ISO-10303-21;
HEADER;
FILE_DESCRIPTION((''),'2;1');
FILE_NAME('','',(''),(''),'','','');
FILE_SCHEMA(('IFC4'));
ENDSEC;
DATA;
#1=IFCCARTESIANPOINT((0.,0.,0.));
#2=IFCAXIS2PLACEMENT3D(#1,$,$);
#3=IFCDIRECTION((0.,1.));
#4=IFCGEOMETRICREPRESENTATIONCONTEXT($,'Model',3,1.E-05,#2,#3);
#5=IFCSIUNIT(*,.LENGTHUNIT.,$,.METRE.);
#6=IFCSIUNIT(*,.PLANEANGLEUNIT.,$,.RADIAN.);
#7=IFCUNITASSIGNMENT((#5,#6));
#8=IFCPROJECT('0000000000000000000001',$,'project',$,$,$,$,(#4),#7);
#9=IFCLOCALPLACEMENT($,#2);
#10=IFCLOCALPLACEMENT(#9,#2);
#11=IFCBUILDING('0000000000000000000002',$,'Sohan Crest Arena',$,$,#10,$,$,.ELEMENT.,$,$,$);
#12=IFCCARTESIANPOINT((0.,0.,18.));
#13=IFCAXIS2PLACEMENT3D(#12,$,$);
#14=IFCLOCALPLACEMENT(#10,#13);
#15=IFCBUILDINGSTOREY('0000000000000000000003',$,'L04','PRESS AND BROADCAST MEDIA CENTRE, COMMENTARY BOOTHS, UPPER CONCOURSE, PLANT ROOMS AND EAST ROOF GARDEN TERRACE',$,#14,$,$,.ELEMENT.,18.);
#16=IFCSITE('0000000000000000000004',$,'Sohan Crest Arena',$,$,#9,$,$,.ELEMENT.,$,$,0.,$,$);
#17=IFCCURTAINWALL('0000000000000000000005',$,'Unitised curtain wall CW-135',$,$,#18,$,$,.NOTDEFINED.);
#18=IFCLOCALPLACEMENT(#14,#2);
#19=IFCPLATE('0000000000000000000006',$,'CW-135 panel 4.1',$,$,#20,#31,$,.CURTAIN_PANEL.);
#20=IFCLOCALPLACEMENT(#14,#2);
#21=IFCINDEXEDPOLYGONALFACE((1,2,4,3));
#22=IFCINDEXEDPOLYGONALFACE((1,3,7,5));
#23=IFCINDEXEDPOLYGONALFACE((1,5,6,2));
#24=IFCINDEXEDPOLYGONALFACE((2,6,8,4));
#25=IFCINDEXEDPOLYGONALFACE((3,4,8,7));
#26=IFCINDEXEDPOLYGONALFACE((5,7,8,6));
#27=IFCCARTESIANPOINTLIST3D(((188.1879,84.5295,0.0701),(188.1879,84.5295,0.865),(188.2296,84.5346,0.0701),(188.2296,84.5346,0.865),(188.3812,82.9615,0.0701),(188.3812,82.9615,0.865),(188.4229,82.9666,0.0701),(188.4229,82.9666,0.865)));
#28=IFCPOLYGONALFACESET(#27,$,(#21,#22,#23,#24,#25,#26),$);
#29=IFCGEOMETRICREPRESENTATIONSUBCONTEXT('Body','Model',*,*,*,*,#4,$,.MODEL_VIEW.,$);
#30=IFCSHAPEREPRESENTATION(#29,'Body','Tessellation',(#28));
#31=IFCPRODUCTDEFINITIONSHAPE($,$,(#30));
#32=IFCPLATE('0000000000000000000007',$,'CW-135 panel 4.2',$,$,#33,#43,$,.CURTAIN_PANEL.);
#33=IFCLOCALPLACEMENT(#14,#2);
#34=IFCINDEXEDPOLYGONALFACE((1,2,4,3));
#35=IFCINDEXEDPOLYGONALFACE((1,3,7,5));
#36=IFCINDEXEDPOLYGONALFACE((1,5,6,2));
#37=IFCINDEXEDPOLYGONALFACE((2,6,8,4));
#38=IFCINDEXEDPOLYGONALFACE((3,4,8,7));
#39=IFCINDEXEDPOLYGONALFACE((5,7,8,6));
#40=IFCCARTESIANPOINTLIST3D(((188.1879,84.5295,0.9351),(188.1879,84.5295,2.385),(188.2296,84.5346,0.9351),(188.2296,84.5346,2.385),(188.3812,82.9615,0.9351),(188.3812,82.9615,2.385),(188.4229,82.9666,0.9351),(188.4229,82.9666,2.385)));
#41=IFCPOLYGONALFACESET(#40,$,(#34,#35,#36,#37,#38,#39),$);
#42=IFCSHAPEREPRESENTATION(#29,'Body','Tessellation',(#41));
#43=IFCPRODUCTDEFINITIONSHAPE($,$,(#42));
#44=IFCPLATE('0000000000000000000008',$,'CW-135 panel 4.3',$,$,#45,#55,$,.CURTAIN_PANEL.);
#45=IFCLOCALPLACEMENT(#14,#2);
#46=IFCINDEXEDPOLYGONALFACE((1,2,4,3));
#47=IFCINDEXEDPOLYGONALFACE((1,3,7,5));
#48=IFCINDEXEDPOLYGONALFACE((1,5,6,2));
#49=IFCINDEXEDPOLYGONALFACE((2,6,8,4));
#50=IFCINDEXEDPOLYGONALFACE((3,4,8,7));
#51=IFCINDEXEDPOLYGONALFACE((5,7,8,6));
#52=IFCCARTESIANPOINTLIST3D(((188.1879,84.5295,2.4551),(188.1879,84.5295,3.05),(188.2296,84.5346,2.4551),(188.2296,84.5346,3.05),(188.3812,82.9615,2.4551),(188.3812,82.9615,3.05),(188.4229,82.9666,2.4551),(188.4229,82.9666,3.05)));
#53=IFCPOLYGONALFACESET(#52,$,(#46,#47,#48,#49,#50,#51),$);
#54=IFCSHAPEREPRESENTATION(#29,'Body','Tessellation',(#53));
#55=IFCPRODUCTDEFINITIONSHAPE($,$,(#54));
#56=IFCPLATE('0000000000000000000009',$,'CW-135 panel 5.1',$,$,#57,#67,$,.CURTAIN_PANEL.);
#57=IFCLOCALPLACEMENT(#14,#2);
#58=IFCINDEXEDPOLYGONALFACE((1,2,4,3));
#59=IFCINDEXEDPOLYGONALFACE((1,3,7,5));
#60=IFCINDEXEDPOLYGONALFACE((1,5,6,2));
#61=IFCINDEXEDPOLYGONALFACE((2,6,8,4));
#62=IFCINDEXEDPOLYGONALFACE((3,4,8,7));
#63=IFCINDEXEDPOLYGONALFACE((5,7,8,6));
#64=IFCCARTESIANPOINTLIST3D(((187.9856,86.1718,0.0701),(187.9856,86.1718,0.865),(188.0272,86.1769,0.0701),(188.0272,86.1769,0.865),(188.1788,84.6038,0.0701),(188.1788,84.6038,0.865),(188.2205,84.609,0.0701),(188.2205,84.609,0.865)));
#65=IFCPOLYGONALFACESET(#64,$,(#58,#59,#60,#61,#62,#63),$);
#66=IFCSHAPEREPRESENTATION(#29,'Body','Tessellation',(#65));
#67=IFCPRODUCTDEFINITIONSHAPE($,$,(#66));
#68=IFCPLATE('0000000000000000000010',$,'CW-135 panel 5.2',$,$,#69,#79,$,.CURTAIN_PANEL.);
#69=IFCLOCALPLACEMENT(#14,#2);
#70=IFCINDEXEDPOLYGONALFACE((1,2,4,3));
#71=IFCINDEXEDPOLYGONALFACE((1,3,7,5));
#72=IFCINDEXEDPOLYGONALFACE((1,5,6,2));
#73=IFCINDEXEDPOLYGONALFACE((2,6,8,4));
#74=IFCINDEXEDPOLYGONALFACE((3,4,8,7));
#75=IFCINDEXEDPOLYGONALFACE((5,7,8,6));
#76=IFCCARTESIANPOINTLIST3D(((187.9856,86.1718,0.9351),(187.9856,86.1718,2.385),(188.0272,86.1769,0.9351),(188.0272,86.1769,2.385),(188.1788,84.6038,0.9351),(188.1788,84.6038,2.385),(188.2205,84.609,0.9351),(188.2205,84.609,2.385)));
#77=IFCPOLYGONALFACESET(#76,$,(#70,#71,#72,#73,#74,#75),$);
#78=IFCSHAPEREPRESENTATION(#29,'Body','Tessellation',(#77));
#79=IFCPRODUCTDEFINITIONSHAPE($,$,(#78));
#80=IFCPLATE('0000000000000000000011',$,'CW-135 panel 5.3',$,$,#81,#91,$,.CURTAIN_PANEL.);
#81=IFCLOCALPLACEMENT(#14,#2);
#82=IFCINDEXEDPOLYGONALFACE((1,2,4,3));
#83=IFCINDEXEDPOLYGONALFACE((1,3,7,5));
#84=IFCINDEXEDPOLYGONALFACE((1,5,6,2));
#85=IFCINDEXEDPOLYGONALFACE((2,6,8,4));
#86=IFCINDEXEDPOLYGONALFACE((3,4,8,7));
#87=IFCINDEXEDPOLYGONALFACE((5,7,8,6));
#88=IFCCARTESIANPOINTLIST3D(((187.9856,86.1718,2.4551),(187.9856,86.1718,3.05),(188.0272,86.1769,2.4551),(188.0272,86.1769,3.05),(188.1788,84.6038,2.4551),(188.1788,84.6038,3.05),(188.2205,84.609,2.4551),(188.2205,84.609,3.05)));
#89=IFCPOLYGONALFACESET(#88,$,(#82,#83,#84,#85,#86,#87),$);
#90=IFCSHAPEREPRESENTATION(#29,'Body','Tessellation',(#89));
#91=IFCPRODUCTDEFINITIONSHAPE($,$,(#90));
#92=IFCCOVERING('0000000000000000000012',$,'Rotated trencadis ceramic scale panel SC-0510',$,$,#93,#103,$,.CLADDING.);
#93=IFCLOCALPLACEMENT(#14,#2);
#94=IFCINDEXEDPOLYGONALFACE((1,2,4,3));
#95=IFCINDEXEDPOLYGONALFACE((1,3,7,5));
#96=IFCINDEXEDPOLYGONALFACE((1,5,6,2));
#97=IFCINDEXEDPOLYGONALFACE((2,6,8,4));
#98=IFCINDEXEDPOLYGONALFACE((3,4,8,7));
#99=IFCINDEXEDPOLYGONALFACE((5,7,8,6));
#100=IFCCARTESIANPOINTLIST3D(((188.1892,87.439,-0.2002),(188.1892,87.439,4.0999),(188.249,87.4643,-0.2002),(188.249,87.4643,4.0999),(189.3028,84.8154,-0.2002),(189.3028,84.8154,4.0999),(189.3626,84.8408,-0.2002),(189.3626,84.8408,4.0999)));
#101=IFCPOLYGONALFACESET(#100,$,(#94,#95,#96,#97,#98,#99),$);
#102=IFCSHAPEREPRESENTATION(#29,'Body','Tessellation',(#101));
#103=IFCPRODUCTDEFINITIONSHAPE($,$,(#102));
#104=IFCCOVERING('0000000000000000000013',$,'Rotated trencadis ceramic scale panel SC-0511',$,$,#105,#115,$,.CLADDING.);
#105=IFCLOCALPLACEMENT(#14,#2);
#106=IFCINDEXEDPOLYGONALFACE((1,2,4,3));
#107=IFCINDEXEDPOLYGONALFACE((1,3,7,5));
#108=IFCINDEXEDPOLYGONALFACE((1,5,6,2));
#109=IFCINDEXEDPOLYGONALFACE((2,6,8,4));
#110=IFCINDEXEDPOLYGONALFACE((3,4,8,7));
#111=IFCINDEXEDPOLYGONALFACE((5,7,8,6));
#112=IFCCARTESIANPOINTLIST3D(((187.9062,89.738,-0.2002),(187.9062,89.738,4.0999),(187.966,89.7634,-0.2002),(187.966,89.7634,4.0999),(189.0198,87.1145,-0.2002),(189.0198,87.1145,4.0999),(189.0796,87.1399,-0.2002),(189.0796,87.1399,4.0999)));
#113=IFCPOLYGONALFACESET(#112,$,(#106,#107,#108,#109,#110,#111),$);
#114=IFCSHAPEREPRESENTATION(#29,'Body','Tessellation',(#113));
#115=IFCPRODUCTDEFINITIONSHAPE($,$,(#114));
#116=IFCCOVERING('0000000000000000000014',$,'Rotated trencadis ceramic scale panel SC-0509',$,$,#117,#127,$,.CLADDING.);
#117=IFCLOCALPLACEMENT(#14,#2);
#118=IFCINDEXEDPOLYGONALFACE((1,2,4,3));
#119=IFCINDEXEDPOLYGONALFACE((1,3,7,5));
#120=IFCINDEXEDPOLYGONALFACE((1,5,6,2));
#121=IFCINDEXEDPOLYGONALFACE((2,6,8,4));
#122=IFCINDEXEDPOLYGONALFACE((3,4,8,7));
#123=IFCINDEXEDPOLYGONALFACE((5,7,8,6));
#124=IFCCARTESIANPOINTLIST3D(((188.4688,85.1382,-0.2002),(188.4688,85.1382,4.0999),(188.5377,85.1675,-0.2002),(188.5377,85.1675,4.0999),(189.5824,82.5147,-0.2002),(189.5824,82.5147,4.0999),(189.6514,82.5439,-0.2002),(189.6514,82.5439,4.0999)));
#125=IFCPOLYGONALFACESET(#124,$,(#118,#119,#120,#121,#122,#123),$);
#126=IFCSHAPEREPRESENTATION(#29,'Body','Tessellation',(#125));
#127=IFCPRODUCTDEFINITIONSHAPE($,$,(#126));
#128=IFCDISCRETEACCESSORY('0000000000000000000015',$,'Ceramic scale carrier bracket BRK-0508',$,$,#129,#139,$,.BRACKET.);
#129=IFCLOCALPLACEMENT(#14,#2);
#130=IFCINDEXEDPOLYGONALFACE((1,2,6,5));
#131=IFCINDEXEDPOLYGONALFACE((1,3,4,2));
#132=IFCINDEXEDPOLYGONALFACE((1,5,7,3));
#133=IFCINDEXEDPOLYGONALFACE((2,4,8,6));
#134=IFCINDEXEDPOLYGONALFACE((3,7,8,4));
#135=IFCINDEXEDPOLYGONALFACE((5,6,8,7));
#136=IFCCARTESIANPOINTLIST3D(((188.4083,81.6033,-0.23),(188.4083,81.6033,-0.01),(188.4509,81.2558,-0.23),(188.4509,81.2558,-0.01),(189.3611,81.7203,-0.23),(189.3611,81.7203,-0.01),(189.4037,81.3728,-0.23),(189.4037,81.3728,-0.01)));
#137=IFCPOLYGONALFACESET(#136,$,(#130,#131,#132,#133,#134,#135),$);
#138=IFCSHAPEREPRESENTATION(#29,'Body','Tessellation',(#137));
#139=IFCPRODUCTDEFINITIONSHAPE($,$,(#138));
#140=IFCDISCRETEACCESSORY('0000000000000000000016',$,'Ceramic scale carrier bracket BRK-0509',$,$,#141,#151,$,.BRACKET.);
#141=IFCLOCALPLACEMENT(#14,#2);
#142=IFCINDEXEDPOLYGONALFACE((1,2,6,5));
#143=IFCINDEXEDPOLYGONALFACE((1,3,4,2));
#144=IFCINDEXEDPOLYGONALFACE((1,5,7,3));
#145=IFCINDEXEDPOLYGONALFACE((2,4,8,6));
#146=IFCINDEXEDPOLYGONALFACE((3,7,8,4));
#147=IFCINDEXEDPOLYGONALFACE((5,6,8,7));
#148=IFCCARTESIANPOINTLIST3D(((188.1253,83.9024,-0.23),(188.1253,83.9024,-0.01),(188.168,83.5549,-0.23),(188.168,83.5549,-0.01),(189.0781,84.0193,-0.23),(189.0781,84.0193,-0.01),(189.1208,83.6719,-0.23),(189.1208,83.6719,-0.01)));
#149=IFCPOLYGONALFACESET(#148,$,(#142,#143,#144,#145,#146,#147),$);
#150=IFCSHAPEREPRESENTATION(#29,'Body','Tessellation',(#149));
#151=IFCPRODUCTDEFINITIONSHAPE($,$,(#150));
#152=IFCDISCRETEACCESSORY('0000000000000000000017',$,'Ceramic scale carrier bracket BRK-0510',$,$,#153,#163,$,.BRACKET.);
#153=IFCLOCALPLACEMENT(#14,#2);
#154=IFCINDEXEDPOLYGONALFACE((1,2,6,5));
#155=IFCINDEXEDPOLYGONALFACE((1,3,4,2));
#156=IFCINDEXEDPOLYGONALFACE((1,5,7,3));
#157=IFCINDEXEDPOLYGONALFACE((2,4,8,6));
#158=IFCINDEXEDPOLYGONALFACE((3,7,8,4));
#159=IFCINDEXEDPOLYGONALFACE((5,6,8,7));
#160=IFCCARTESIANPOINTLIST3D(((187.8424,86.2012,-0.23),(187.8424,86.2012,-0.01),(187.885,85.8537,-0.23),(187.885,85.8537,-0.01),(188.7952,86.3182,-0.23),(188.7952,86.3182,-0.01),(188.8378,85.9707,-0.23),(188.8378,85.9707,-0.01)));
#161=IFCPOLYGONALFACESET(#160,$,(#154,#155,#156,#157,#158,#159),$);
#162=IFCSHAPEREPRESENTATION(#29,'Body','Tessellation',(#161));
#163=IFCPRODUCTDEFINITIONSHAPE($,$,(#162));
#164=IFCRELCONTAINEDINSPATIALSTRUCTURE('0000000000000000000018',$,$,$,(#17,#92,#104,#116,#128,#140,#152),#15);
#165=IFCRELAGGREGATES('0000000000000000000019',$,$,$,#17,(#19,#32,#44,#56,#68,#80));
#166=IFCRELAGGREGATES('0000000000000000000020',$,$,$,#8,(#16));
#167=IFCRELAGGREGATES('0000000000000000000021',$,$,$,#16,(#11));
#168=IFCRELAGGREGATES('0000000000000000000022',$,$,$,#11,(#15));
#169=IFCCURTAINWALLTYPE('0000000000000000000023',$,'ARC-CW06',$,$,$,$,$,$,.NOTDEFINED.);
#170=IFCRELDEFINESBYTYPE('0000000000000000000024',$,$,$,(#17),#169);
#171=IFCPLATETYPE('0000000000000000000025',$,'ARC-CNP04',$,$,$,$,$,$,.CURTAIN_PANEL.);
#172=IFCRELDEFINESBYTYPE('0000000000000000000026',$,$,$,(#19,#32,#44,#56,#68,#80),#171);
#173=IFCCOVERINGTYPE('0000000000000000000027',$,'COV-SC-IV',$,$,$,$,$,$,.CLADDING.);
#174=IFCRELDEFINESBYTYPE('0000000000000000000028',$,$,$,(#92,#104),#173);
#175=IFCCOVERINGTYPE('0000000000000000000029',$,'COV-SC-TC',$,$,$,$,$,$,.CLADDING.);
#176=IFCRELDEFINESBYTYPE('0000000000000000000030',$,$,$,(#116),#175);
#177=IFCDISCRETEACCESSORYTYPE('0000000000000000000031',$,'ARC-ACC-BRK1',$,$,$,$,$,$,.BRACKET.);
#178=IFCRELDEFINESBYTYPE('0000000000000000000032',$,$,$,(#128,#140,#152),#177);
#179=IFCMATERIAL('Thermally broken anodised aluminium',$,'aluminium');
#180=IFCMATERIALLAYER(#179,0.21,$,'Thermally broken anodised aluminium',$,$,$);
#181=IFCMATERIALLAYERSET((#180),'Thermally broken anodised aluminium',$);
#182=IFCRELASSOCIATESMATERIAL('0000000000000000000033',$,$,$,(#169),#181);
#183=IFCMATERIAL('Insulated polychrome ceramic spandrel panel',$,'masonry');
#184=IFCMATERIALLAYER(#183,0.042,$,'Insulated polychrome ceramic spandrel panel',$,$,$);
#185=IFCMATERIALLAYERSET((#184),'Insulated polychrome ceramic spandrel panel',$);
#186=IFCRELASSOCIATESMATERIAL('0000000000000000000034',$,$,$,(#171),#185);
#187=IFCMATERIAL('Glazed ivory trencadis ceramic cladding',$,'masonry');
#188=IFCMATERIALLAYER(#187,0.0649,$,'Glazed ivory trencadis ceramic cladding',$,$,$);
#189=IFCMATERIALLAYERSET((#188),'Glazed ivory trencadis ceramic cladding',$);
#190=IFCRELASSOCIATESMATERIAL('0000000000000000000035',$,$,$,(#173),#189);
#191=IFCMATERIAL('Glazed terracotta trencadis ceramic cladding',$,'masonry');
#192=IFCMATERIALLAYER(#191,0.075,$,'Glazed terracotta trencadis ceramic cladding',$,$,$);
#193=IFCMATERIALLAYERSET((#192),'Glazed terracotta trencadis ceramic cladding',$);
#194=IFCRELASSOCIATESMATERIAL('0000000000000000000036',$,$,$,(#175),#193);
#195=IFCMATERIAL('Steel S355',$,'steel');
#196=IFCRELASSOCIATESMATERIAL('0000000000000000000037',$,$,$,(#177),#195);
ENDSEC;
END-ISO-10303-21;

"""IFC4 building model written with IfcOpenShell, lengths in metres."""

from ifc_helpers import new_model, si_unit, direction, frame, origin, origin_2d, place, context, subcontext, project, spatial, rectangle, extrude, material, layer, layer_set, type_object, element, aggregate, save


model = new_model("IFC4")

# Units and contexts
model_context = context("Model", 3, precision=1e-05, world=origin(), true_north=direction((0.0, 1.0)))
body_context = subcontext(model_context, "Body", "Model", "MODEL_VIEW")
ifc_project = project(units=[si_unit("LENGTHUNIT", "METRE"), si_unit("PLANEANGLEUNIT", "RADIAN")], contexts=[model_context])

# Site, building, storey
site_placement = place(None, origin())
site = spatial("IfcSite", under=ifc_project, at=site_placement, Name="Sohan Crest Arena", CompositionType="ELEMENT", RefElevation=0.0)
building_placement = place(site_placement, origin())
building = spatial("IfcBuilding", under=site, at=building_placement, Name="Sohan Crest Arena", CompositionType="ELEMENT")
storey_placement = place(building_placement, frame((0.0, 0.0, 18.0)))
storey = spatial("IfcBuildingStorey", under=building, at=storey_placement, Name="L04", Description="PRESS AND BROADCAST MEDIA CENTRE, COMMENTARY BOOTHS, UPPER CONCOURSE, PLANT ROOMS AND EAST ROOF GARDEN TERRACE", CompositionType="ELEMENT", Elevation=18.0)

# Curtain wall, plates
ifc_material_1 = material(Name="Thermally broken anodised aluminium", Category="aluminium")
ifc_layer_1 = layer(ifc_material_1, 0.21, Name="Thermally broken anodised aluminium")
ifc_layer_set_1 = layer_set([ifc_layer_1], Name="Thermally broken anodised aluminium")
curtain_wall_type = type_object("IfcCurtainWallType", Name="ARC-CW06", PredefinedType="NOTDEFINED", material=ifc_layer_set_1)
curtain_wall_placement = place(storey_placement, origin())
curtain_wall = element("IfcCurtainWall", 1, at=curtain_wall_placement, inside=storey, type_object=curtain_wall_type, Name="Unitised curtain wall CW-135", PredefinedType="NOTDEFINED")
ifc_material_2 = material(Name="Insulated polychrome ceramic spandrel panel", Category="masonry")
ifc_layer_2 = layer(ifc_material_2, 0.042, Name="Insulated polychrome ceramic spandrel panel")
ifc_layer_set_2 = layer_set([ifc_layer_2], Name="Insulated polychrome ceramic spandrel panel")
plate_type = type_object("IfcPlateType", Name="ARC-CNP04", PredefinedType="CURTAIN_PANEL", material=ifc_layer_set_2)
plate_1_placement = place(storey_placement, frame((188.3054, 83.748, 0.0701), z_axis=(0.0, 0.0, 1.0), x_axis=(-0.122334, 0.992489, 0.0)))
plate_1 = element("IfcPlate", 2, at=plate_1_placement, type_object=plate_type, Name="CW-135 panel 4.1", PredefinedType="CURTAIN_PANEL", context=body_context, shape_type="SweptSolid", body=[
    extrude(rectangle(XDim=1.5798, YDim=0.042, at=origin_2d()), origin(), (0.0, 0.0, 1.0), 0.7949),
])
plate_2_placement = place(storey_placement, frame((188.3054, 83.748, 0.9351), z_axis=(0.0, 0.0, 1.0), x_axis=(-0.122334, 0.992489, 0.0)))
plate_2 = element("IfcPlate", 3, at=plate_2_placement, type_object=plate_type, Name="CW-135 panel 4.2", PredefinedType="CURTAIN_PANEL", context=body_context, shape_type="SweptSolid", body=[
    extrude(rectangle(XDim=1.5798, YDim=0.042, at=origin_2d()), origin(), (0.0, 0.0, 1.0), 1.45),
])
plate_3_placement = place(storey_placement, frame((188.3054, 83.748, 2.4551), z_axis=(0.0, 0.0, 1.0), x_axis=(-0.122334, 0.992489, 0.0)))
plate_3 = element("IfcPlate", 4, at=plate_3_placement, type_object=plate_type, Name="CW-135 panel 4.3", PredefinedType="CURTAIN_PANEL", context=body_context, shape_type="SweptSolid", body=[
    extrude(rectangle(XDim=1.5798, YDim=0.042, at=origin_2d()), origin(), (0.0, 0.0, 1.0), 0.595),
])
plate_4_placement = place(storey_placement, frame((188.103, 85.3904, 0.0701), z_axis=(0.0, 0.0, 1.0), x_axis=(-0.122334, 0.992489, 0.0)))
plate_4 = element("IfcPlate", 5, at=plate_4_placement, type_object=plate_type, Name="CW-135 panel 5.1", PredefinedType="CURTAIN_PANEL", context=body_context, shape_type="SweptSolid", body=[
    extrude(rectangle(XDim=1.5798, YDim=0.042, at=origin_2d()), origin(), (0.0, 0.0, 1.0), 0.7949),
])
plate_5_placement = place(storey_placement, frame((188.103, 85.3904, 0.9351), z_axis=(0.0, 0.0, 1.0), x_axis=(-0.122334, 0.992489, 0.0)))
plate_5 = element("IfcPlate", 6, at=plate_5_placement, type_object=plate_type, Name="CW-135 panel 5.2", PredefinedType="CURTAIN_PANEL", context=body_context, shape_type="SweptSolid", body=[
    extrude(rectangle(XDim=1.5798, YDim=0.042, at=origin_2d()), origin(), (0.0, 0.0, 1.0), 1.45),
])
plate_6_placement = place(storey_placement, frame((188.103, 85.3904, 2.4551), z_axis=(0.0, 0.0, 1.0), x_axis=(-0.122334, 0.992489, 0.0)))
plate_6 = element("IfcPlate", 7, at=plate_6_placement, type_object=plate_type, Name="CW-135 panel 5.3", PredefinedType="CURTAIN_PANEL", context=body_context, shape_type="SweptSolid", body=[
    extrude(rectangle(XDim=1.5798, YDim=0.042, at=origin_2d()), origin(), (0.0, 0.0, 1.0), 0.595),
])
aggregate(curtain_wall, [plate_1, plate_2, plate_3, plate_4, plate_5, plate_6])

# Coverings
ifc_material_3 = material(Name="Glazed ivory trencadis ceramic cladding", Category="masonry")
ifc_layer_3 = layer(ifc_material_3, 0.0649, Name="Glazed ivory trencadis ceramic cladding")
ifc_layer_set_3 = layer_set([ifc_layer_3], Name="Glazed ivory trencadis ceramic cladding")
covering_type_1 = type_object("IfcCoveringType", Name="COV-SC-IV", PredefinedType="CLADDING", material=ifc_layer_set_3)
for number, where, z_axis, x_axis, name in (
    (8, (188.7759, 86.1399, -0.2002), (0.0, 0.0, 1.0), (-0.390731, 0.920505, 0.0), "Rotated trencadis ceramic scale panel SC-0510"),
    (9, (188.4929, 88.439, -0.2002), (0.0, 0.0, 1.0), (-0.390731, 0.920505, 0.0), "Rotated trencadis ceramic scale panel SC-0511"),
):
    element("IfcCovering", number, at=place(storey_placement, frame(where, z_axis=z_axis, x_axis=x_axis)), inside=storey, type_object=covering_type_1, Name=name, PredefinedType="CLADDING", context=body_context, shape_type="SweptSolid", body=[
        extrude(rectangle(XDim=2.8501, YDim=0.0649, at=origin_2d()), origin(), (0.0, 0.0, 1.0), 4.3),
    ])
ifc_material_4 = material(Name="Glazed terracotta trencadis ceramic cladding", Category="masonry")
ifc_layer_4 = layer(ifc_material_4, 0.075, Name="Glazed terracotta trencadis ceramic cladding")
ifc_layer_set_4 = layer_set([ifc_layer_4], Name="Glazed terracotta trencadis ceramic cladding")
covering_type_2 = type_object("IfcCoveringType", Name="COV-SC-TC", PredefinedType="CLADDING", material=ifc_layer_set_4)
covering_placement = place(storey_placement, frame((189.0601, 83.8411, -0.2002), z_axis=(0.0, 0.0, 1.0), x_axis=(-0.390731, 0.920505, 0.0)))
element("IfcCovering", 10, at=covering_placement, inside=storey, type_object=covering_type_2, Name="Rotated trencadis ceramic scale panel SC-0509", PredefinedType="CLADDING", context=body_context, shape_type="SweptSolid", body=[
    extrude(rectangle(XDim=2.8501, YDim=0.075, at=origin_2d()), origin(), (0.0, 0.0, 1.0), 4.3),
])

# Discrete accessories
ifc_material_5 = material(Name="Steel S355", Category="steel")
discrete_accessory_type = type_object("IfcDiscreteAccessoryType", Name="ARC-ACC-BRK1", PredefinedType="BRACKET", material=ifc_material_5)
for number, where, z_axis, x_axis, name in (
    (11, (188.906, 81.488, -0.23), (0.0, 0.0, 1.0), (-0.121869, 0.992546, 0.0), "Ceramic scale carrier bracket BRK-0508"),
    (12, (188.623, 83.7871, -0.23), (0.0, 0.0, 1.0), (-0.121869, 0.992546, 0.0), "Ceramic scale carrier bracket BRK-0509"),
    (13, (188.3401, 86.0859, -0.23), (0.0, 0.0, 1.0), (-0.121869, 0.992546, 0.0), "Ceramic scale carrier bracket BRK-0510"),
):
    element("IfcDiscreteAccessory", number, at=place(storey_placement, frame(where, z_axis=z_axis, x_axis=x_axis)), inside=storey, type_object=discrete_accessory_type, Name=name, PredefinedType="BRACKET", context=body_context, shape_type="SweptSolid", body=[
        extrude(rectangle(XDim=0.3501, YDim=0.96, at=origin_2d()), origin(), (0.0, 0.0, 1.0), 0.22),
    ])

save(model, "model.ifc")
